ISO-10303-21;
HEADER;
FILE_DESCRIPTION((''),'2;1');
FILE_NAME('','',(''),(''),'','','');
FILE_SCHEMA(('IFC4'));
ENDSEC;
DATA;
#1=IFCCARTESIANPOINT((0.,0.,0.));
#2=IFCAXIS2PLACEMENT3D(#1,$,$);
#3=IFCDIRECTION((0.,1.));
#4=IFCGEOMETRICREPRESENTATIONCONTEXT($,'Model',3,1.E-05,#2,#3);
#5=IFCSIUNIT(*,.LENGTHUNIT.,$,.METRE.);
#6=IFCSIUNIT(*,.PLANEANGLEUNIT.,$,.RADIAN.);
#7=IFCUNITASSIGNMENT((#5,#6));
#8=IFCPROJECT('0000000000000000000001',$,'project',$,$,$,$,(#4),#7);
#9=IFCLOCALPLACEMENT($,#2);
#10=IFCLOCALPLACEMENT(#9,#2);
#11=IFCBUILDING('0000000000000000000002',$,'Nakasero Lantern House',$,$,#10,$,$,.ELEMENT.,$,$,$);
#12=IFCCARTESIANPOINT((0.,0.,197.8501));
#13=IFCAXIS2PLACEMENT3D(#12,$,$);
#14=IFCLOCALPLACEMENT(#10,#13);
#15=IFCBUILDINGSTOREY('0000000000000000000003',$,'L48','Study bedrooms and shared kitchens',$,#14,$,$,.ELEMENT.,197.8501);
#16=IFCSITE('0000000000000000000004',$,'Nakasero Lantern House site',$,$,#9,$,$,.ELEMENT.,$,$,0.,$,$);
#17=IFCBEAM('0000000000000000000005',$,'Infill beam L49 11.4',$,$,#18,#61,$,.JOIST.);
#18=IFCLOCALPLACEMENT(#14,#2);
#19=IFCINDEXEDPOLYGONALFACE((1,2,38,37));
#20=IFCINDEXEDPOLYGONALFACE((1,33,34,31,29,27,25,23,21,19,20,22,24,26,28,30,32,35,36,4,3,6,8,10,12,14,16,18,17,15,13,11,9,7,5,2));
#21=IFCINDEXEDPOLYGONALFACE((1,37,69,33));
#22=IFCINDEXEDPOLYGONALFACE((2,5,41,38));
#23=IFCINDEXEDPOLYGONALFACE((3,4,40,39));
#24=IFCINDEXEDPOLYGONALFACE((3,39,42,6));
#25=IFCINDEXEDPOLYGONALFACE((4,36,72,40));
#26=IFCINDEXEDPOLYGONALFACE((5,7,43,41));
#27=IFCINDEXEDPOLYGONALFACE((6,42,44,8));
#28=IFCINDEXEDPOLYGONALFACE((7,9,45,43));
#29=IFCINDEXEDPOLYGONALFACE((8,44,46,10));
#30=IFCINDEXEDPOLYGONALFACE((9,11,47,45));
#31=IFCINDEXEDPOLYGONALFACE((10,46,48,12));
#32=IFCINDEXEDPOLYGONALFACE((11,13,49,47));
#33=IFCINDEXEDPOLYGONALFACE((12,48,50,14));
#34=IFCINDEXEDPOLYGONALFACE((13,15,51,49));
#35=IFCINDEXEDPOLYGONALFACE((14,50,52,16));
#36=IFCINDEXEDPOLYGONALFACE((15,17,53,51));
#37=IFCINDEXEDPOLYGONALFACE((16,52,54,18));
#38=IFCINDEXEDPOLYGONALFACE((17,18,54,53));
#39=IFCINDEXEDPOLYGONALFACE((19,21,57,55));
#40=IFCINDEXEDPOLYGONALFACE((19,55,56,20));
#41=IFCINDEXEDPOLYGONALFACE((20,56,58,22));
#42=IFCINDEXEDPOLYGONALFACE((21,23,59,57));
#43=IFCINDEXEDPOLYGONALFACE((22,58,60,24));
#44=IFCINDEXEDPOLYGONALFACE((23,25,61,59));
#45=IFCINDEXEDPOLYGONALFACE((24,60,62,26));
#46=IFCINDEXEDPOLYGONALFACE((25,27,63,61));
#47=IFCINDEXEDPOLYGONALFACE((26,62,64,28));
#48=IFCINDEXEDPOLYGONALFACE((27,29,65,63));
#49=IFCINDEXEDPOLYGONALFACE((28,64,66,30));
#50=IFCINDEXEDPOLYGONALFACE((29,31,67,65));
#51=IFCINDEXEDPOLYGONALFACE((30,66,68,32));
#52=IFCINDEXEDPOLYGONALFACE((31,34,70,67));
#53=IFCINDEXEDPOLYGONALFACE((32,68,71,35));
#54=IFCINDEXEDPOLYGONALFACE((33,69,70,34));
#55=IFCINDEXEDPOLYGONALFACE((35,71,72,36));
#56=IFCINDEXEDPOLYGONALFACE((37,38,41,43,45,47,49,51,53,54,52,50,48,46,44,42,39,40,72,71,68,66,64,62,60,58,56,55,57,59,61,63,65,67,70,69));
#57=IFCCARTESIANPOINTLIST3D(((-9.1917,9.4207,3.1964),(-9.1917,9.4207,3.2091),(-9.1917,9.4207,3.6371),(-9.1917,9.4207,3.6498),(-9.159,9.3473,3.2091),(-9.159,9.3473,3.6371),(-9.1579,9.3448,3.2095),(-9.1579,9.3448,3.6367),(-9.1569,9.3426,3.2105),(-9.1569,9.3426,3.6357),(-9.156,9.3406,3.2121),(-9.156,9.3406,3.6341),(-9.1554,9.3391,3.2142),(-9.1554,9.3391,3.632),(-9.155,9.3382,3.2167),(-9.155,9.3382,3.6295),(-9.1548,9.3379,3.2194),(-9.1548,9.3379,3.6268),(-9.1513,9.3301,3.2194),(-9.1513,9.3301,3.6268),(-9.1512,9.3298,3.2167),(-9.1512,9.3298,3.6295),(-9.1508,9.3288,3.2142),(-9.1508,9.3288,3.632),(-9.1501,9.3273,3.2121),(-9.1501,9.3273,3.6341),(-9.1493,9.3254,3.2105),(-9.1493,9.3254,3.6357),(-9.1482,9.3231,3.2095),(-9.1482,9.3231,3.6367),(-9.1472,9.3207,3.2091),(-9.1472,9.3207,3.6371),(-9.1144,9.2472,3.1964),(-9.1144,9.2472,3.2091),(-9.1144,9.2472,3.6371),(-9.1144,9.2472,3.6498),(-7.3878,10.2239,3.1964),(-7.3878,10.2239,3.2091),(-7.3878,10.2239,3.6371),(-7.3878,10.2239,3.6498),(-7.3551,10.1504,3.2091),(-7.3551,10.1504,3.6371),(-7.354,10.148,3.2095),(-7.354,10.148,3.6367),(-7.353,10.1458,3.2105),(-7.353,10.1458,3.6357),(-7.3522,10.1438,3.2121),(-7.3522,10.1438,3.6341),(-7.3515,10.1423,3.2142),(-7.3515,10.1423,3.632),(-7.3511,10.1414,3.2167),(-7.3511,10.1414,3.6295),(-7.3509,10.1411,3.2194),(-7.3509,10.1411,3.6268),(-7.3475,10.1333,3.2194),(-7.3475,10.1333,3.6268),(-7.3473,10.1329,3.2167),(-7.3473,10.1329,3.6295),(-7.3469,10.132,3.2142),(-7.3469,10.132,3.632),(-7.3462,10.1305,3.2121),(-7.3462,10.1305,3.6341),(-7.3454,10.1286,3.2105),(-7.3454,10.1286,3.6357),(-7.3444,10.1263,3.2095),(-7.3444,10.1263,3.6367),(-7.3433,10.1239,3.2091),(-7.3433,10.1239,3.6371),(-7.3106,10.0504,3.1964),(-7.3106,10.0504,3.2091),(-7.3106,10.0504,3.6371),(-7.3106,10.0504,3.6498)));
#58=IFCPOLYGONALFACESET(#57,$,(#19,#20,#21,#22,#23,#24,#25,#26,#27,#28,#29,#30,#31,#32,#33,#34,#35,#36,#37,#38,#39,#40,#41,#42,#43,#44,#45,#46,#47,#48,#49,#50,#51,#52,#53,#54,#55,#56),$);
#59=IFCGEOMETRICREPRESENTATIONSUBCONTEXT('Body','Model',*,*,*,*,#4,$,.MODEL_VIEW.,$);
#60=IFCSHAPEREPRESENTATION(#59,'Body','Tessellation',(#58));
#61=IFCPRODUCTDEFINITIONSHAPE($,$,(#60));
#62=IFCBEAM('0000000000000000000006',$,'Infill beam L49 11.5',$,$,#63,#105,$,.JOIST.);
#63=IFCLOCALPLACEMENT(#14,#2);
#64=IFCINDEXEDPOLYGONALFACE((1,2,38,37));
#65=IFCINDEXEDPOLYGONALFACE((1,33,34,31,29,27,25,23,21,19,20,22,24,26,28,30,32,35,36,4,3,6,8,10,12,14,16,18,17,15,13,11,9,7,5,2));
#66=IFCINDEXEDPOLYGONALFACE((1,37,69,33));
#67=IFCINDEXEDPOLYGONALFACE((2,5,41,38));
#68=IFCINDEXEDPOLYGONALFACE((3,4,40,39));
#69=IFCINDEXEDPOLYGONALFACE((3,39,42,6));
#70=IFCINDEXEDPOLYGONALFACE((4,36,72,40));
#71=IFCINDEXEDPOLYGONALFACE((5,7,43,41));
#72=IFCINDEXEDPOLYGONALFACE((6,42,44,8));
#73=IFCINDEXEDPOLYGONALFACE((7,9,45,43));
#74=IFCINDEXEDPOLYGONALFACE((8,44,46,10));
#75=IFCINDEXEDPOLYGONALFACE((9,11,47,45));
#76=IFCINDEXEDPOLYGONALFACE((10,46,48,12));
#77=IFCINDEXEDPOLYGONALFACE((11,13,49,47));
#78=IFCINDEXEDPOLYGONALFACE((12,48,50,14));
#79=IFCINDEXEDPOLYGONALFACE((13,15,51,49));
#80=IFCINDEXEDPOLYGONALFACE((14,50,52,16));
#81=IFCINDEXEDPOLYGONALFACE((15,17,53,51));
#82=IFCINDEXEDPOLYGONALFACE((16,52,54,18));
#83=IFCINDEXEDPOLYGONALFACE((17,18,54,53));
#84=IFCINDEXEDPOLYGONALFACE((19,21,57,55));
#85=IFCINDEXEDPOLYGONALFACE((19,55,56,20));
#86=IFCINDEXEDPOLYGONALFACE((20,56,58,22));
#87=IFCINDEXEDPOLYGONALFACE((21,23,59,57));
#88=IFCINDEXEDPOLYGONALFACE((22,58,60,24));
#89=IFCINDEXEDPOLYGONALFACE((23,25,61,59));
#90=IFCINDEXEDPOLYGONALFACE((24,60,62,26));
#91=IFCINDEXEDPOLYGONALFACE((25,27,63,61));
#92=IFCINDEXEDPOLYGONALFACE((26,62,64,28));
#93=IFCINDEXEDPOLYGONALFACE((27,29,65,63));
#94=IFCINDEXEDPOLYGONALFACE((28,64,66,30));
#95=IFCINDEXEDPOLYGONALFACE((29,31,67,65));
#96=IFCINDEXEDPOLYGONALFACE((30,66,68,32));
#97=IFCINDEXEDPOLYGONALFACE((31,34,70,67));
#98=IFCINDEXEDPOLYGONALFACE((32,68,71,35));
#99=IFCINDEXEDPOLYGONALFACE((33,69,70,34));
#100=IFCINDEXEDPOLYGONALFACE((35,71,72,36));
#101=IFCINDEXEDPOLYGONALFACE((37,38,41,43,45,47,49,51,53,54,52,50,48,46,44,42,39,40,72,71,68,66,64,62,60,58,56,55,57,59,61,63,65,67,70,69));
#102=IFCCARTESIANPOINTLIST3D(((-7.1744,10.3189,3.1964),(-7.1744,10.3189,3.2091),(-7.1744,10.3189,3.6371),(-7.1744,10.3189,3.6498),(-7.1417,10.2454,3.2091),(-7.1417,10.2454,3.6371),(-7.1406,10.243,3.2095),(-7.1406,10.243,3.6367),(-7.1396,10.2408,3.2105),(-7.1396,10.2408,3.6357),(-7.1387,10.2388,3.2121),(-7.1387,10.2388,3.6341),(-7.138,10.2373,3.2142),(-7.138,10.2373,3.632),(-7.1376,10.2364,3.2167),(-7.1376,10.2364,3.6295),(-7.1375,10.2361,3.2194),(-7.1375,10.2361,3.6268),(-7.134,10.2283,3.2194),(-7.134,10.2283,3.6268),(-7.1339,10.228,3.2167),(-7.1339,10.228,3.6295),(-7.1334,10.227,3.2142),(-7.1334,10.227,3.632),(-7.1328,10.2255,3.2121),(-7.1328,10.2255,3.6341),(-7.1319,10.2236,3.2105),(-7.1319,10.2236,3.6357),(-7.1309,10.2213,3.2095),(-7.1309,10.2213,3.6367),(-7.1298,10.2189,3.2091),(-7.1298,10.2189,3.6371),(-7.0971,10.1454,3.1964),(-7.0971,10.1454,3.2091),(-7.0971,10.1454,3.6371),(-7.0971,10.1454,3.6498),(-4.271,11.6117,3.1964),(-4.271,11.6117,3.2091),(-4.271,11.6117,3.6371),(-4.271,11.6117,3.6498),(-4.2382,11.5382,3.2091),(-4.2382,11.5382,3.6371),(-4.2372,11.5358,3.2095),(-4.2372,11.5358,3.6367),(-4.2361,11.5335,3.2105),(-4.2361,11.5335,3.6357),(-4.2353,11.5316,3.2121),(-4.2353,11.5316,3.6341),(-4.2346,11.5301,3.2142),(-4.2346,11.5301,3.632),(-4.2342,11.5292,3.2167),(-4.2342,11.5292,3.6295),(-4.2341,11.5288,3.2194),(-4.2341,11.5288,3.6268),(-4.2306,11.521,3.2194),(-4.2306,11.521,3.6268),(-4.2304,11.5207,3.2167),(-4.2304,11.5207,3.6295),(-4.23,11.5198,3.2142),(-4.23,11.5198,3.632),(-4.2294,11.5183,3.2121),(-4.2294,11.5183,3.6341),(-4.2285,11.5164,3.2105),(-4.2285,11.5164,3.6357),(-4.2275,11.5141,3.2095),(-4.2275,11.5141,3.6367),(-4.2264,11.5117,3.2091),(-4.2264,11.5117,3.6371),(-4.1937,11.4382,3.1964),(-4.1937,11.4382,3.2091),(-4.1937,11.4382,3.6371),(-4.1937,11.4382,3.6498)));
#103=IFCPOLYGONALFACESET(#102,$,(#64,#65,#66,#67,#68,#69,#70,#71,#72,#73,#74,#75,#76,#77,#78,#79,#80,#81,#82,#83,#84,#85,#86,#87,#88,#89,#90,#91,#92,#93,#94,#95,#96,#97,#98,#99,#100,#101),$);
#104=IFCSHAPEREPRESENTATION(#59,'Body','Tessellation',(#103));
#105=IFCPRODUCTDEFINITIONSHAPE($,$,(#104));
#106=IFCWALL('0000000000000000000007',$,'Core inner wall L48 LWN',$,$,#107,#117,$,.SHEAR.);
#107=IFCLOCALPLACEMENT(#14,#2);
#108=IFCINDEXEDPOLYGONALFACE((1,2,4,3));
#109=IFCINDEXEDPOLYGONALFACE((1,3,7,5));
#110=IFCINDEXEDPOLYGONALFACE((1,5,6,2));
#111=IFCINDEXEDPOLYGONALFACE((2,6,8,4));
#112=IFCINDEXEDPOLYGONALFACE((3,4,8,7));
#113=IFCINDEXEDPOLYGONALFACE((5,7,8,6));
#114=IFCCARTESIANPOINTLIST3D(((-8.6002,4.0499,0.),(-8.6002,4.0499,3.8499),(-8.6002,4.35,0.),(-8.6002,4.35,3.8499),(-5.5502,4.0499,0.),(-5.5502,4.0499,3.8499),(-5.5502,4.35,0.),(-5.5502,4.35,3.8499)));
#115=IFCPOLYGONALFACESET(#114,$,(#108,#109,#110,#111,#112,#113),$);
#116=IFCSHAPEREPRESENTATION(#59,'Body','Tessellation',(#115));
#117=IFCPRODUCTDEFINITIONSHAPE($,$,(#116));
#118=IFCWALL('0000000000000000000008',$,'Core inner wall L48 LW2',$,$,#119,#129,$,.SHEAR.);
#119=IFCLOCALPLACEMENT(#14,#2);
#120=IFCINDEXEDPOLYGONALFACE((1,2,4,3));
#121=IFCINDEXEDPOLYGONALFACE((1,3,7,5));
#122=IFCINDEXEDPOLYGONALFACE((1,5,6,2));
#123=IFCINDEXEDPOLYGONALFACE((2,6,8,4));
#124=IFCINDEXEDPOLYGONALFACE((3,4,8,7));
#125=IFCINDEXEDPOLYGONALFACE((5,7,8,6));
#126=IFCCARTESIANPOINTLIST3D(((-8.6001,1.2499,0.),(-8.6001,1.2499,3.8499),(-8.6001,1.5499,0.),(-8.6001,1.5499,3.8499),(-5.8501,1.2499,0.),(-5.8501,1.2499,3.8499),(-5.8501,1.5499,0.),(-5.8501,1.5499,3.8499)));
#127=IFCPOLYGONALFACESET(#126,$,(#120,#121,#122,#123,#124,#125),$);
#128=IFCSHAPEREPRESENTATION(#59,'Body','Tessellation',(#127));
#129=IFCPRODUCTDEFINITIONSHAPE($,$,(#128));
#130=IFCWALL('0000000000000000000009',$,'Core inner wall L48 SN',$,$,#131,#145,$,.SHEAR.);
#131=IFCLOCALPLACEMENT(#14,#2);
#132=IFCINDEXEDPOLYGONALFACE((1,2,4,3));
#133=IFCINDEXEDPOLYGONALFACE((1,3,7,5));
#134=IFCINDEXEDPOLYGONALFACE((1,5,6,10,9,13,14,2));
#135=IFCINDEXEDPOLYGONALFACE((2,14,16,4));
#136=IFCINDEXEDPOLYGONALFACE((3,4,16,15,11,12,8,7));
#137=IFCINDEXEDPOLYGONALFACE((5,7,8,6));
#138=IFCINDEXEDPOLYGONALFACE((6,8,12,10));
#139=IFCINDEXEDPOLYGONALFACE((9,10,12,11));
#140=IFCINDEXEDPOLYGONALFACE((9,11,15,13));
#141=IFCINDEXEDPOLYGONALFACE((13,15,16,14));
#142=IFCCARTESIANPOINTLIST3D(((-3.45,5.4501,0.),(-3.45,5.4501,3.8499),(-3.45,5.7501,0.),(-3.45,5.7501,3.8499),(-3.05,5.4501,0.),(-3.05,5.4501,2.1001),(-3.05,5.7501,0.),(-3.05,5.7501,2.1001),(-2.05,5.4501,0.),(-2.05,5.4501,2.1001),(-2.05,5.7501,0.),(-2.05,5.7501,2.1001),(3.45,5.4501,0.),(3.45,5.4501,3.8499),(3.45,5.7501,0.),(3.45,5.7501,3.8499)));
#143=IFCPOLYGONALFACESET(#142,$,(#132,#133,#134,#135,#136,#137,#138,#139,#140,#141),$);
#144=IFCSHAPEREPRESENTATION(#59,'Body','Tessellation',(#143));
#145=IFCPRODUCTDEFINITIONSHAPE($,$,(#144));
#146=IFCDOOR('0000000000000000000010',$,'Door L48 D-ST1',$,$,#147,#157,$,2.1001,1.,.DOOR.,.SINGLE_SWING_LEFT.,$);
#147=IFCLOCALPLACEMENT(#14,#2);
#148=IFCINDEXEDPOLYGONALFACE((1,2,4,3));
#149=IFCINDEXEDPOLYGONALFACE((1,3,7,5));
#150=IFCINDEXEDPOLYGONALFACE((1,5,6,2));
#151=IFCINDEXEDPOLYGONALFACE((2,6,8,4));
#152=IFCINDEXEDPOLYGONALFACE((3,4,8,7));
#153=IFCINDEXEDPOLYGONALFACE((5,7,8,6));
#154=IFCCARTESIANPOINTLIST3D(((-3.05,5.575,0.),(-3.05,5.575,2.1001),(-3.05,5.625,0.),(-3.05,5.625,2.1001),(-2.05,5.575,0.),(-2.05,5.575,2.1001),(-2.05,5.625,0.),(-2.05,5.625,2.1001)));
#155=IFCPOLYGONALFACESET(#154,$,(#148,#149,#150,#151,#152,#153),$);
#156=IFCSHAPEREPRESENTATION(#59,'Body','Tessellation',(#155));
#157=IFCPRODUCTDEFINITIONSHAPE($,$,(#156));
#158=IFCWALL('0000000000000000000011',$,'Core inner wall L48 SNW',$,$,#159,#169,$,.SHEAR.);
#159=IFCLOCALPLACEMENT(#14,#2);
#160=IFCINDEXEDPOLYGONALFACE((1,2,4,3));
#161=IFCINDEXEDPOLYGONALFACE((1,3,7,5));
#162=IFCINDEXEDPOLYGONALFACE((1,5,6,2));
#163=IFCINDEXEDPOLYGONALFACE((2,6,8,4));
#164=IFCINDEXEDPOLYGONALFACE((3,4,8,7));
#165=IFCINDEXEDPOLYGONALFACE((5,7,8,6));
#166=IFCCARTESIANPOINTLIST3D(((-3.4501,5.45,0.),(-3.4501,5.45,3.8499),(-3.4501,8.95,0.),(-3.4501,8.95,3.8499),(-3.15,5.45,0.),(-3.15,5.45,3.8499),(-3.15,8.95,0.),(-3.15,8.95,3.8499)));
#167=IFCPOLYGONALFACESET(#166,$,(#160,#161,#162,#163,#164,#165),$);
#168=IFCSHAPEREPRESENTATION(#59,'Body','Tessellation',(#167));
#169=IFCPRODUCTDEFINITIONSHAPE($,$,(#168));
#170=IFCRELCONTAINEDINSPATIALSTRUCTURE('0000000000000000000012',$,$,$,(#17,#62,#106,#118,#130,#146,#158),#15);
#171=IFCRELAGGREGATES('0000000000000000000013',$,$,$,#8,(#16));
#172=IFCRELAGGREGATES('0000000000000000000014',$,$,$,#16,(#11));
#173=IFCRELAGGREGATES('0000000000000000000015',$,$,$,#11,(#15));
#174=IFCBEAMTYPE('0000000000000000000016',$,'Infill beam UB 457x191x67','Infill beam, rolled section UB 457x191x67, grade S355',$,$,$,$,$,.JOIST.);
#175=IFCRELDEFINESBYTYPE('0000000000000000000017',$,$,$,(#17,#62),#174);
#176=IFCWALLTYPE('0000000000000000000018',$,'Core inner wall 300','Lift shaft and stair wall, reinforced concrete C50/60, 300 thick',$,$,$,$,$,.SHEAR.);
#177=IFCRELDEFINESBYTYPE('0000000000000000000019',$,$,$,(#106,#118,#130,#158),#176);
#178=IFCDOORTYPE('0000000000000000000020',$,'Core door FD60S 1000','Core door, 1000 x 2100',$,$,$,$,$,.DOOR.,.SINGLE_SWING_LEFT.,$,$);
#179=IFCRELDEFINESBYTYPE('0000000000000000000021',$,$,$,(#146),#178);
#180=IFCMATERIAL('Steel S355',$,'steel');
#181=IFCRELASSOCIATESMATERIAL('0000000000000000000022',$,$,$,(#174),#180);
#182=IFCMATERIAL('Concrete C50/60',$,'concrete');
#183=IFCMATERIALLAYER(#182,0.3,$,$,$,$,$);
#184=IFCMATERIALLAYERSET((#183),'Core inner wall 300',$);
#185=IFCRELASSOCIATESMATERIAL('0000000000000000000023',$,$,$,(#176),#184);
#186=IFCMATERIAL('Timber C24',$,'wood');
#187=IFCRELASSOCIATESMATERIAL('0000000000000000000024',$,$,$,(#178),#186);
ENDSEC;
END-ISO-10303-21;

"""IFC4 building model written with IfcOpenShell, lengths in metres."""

from ifc_helpers import new_model, si_unit, direction, frame, frame_2d, origin, origin_2d, place, context, subcontext, project, spatial, rectangle, i_section, extrude, material, layer, layer_set, material_profile, profile_set, type_object, element, fill, save


model = new_model("IFC4")

# Units and contexts
model_context = context("Model", 3, precision=1e-05, world=origin(), true_north=direction((0.0, 1.0)))
body_context = subcontext(model_context, "Body", "Model", "MODEL_VIEW")
ifc_project = project(units=[si_unit("LENGTHUNIT", "METRE"), si_unit("PLANEANGLEUNIT", "RADIAN")], contexts=[model_context])

# Site, building, storey
site_placement = place(None, origin())
site = spatial("IfcSite", under=ifc_project, at=site_placement, Name="Nakasero Lantern House site", CompositionType="ELEMENT", RefElevation=0.0)
building_placement = place(site_placement, origin())
building = spatial("IfcBuilding", under=site, at=building_placement, Name="Nakasero Lantern House", CompositionType="ELEMENT")
storey_placement = place(building_placement, frame((0.0, 0.0, 197.8501)))
storey = spatial("IfcBuildingStorey", under=building, at=storey_placement, Name="L48", Description="Study bedrooms and shared kitchens", CompositionType="ELEMENT", Elevation=197.8501)

# Beams
ifc_material_1 = material(Name="Steel S355", Category="steel")
ifc_material_profile = material_profile(ifc_material_1, i_section(OverallWidth=0.1899, OverallDepth=0.4534, WebThickness=0.0085, FlangeThickness=0.0127, FilletRadius=0.0103, at=origin_2d()), Name="UB 457x191x67")
ifc_profile_set = profile_set([ifc_material_profile], Name="Steel S355")
beam_type = type_object("IfcBeamType", Name="Infill beam UB 457x191x67", Description="Infill beam, rolled section UB 457x191x67, grade S355", PredefinedType="JOIST", material=ifc_profile_set)
beam_1_placement = place(storey_placement, frame((-9.1531, 9.334, 3.4231), z_axis=(0.913536, 0.406758, 0.0), x_axis=(-0.406758, 0.913536, 0.0)))
element("IfcBeam", 1, at=beam_1_placement, inside=storey, type_object=beam_type, Name="Infill beam L49 11.4", PredefinedType="JOIST", context=body_context, shape_type="SweptSolid", body=[
    extrude(i_section(OverallWidth=0.1899, OverallDepth=0.4534, WebThickness=0.0085, FlangeThickness=0.0127, FilletRadius=0.0103, at=origin_2d()), origin(), (0.0, 0.0, 1.0), 1.9746),
])
beam_2_placement = place(storey_placement, frame((-7.1357, 10.2322, 3.4231), z_axis=(0.913536, 0.406758, 0.0), x_axis=(-0.406758, 0.913536, 0.0)))
element("IfcBeam", 2, at=beam_2_placement, inside=storey, type_object=beam_type, Name="Infill beam L49 11.5", PredefinedType="JOIST", context=body_context, shape_type="SweptSolid", body=[
    extrude(i_section(OverallWidth=0.1899, OverallDepth=0.4534, WebThickness=0.0085, FlangeThickness=0.0127, FilletRadius=0.0103, at=origin_2d()), origin(), (0.0, 0.0, 1.0), 3.1782),
])

# Walls
ifc_material_2 = material(Name="Concrete C50/60", Category="concrete")
ifc_layer_1 = layer(ifc_material_2, 0.3)
ifc_layer_set_1 = layer_set([ifc_layer_1], Name="Core inner wall 300")
wall_type_1 = type_object("IfcWallType", Name="Core inner wall 300", Description="Lift shaft and stair wall, reinforced concrete C50/60, 300 thick", PredefinedType="SHEAR", material=ifc_layer_set_1)
wall_1_placement = place(storey_placement, frame((-8.6001, 4.2, 0.0), z_axis=(0.0, 0.0, 1.0), x_axis=(1.0, 0.0, 0.0)))
element("IfcWall", 3, at=wall_1_placement, inside=storey, type_object=wall_type_1, Name="Core inner wall L48 LWN", PredefinedType="SHEAR", context=body_context, shape_type="SweptSolid", body=[
    extrude(rectangle(XDim=3.05, YDim=0.3, at=frame_2d((1.5249, 0.0))), origin(), (0.0, 0.0, 1.0), 3.8499),
])
wall_2_placement = place(storey_placement, frame((-8.6001, 1.3999, 0.0), z_axis=(0.0, 0.0, 1.0), x_axis=(1.0, 0.0, 0.0)))
element("IfcWall", 4, at=wall_2_placement, inside=storey, type_object=wall_type_1, Name="Core inner wall L48 LW2", PredefinedType="SHEAR", context=body_context, shape_type="SweptSolid", body=[
    extrude(rectangle(XDim=2.75, YDim=0.3, at=frame_2d((1.375, 0.0))), origin(), (0.0, 0.0, 1.0), 3.8499),
])

# Wall, opening, door
wall_3_placement = place(storey_placement, frame((-3.45, 5.6001, 0.0), z_axis=(0.0, 0.0, 1.0), x_axis=(1.0, 0.0, 0.0)))
wall_3 = element("IfcWall", 5, at=wall_3_placement, inside=storey, type_object=wall_type_1, Name="Core inner wall L48 SN", PredefinedType="SHEAR", context=body_context, shape_type="SweptSolid", body=[
    extrude(rectangle(XDim=6.8999, YDim=0.3, at=frame_2d((3.45, 0.0))), origin(), (0.0, 0.0, 1.0), 3.8499),
])
opening_1_placement = place(wall_3_placement, frame((0.3999, 0.0, 0.0)))
opening_1 = element("IfcOpeningElement", 6, at=opening_1_placement, cuts=wall_3, PredefinedType="OPENING", context=body_context, shape_type="SweptSolid", body=[
    extrude(rectangle(XDim=1.0, YDim=2.1001, at=frame_2d((0.5, 1.05))), frame((0.0, 0.1699, 0.0), z_axis=(0.0, -1.0, 0.0), x_axis=(1.0, 0.0, 0.0)), (0.0, 0.0, 1.0), 0.3401),
])
ifc_material_3 = material(Name="Timber C24", Category="wood")
door_type_1 = type_object("IfcDoorType", Name="Core door FD60S 1000", Description="Core door, 1000 x 2100", OperationType="SINGLE_SWING_LEFT", PredefinedType="DOOR", material=ifc_material_3)
door_1_placement = place(opening_1_placement, origin())
door_1 = element("IfcDoor", 7, at=door_1_placement, inside=storey, type_object=door_type_1, Name="Door L48 D-ST1", OperationType="SINGLE_SWING_LEFT", OverallHeight=2.1001, OverallWidth=1.0, PredefinedType="DOOR", context=body_context, shape_type="SweptSolid", body=[
    extrude(rectangle(XDim=1.0, YDim=2.1001, at=frame_2d((0.5, 1.05))), frame((0.0, 0.0249, 0.0), z_axis=(0.0, -1.0, 0.0), x_axis=(1.0, 0.0, 0.0)), (0.0, 0.0, 1.0), 0.05),
])
fill(opening_1, door_1)

# Wall
wall_4_placement = place(storey_placement, frame((-3.3, 5.45, 0.0), z_axis=(0.0, 0.0, 1.0), x_axis=(0.0, 1.0, 0.0)))
element("IfcWall", 8, at=wall_4_placement, inside=storey, type_object=wall_type_1, Name="Core inner wall L48 SNW", PredefinedType="SHEAR", context=body_context, shape_type="SweptSolid", body=[
    extrude(rectangle(XDim=3.5, YDim=0.3, at=frame_2d((1.75, 0.0))), origin(), (0.0, 0.0, 1.0), 3.8499),
])

save(model, "model.ifc")
